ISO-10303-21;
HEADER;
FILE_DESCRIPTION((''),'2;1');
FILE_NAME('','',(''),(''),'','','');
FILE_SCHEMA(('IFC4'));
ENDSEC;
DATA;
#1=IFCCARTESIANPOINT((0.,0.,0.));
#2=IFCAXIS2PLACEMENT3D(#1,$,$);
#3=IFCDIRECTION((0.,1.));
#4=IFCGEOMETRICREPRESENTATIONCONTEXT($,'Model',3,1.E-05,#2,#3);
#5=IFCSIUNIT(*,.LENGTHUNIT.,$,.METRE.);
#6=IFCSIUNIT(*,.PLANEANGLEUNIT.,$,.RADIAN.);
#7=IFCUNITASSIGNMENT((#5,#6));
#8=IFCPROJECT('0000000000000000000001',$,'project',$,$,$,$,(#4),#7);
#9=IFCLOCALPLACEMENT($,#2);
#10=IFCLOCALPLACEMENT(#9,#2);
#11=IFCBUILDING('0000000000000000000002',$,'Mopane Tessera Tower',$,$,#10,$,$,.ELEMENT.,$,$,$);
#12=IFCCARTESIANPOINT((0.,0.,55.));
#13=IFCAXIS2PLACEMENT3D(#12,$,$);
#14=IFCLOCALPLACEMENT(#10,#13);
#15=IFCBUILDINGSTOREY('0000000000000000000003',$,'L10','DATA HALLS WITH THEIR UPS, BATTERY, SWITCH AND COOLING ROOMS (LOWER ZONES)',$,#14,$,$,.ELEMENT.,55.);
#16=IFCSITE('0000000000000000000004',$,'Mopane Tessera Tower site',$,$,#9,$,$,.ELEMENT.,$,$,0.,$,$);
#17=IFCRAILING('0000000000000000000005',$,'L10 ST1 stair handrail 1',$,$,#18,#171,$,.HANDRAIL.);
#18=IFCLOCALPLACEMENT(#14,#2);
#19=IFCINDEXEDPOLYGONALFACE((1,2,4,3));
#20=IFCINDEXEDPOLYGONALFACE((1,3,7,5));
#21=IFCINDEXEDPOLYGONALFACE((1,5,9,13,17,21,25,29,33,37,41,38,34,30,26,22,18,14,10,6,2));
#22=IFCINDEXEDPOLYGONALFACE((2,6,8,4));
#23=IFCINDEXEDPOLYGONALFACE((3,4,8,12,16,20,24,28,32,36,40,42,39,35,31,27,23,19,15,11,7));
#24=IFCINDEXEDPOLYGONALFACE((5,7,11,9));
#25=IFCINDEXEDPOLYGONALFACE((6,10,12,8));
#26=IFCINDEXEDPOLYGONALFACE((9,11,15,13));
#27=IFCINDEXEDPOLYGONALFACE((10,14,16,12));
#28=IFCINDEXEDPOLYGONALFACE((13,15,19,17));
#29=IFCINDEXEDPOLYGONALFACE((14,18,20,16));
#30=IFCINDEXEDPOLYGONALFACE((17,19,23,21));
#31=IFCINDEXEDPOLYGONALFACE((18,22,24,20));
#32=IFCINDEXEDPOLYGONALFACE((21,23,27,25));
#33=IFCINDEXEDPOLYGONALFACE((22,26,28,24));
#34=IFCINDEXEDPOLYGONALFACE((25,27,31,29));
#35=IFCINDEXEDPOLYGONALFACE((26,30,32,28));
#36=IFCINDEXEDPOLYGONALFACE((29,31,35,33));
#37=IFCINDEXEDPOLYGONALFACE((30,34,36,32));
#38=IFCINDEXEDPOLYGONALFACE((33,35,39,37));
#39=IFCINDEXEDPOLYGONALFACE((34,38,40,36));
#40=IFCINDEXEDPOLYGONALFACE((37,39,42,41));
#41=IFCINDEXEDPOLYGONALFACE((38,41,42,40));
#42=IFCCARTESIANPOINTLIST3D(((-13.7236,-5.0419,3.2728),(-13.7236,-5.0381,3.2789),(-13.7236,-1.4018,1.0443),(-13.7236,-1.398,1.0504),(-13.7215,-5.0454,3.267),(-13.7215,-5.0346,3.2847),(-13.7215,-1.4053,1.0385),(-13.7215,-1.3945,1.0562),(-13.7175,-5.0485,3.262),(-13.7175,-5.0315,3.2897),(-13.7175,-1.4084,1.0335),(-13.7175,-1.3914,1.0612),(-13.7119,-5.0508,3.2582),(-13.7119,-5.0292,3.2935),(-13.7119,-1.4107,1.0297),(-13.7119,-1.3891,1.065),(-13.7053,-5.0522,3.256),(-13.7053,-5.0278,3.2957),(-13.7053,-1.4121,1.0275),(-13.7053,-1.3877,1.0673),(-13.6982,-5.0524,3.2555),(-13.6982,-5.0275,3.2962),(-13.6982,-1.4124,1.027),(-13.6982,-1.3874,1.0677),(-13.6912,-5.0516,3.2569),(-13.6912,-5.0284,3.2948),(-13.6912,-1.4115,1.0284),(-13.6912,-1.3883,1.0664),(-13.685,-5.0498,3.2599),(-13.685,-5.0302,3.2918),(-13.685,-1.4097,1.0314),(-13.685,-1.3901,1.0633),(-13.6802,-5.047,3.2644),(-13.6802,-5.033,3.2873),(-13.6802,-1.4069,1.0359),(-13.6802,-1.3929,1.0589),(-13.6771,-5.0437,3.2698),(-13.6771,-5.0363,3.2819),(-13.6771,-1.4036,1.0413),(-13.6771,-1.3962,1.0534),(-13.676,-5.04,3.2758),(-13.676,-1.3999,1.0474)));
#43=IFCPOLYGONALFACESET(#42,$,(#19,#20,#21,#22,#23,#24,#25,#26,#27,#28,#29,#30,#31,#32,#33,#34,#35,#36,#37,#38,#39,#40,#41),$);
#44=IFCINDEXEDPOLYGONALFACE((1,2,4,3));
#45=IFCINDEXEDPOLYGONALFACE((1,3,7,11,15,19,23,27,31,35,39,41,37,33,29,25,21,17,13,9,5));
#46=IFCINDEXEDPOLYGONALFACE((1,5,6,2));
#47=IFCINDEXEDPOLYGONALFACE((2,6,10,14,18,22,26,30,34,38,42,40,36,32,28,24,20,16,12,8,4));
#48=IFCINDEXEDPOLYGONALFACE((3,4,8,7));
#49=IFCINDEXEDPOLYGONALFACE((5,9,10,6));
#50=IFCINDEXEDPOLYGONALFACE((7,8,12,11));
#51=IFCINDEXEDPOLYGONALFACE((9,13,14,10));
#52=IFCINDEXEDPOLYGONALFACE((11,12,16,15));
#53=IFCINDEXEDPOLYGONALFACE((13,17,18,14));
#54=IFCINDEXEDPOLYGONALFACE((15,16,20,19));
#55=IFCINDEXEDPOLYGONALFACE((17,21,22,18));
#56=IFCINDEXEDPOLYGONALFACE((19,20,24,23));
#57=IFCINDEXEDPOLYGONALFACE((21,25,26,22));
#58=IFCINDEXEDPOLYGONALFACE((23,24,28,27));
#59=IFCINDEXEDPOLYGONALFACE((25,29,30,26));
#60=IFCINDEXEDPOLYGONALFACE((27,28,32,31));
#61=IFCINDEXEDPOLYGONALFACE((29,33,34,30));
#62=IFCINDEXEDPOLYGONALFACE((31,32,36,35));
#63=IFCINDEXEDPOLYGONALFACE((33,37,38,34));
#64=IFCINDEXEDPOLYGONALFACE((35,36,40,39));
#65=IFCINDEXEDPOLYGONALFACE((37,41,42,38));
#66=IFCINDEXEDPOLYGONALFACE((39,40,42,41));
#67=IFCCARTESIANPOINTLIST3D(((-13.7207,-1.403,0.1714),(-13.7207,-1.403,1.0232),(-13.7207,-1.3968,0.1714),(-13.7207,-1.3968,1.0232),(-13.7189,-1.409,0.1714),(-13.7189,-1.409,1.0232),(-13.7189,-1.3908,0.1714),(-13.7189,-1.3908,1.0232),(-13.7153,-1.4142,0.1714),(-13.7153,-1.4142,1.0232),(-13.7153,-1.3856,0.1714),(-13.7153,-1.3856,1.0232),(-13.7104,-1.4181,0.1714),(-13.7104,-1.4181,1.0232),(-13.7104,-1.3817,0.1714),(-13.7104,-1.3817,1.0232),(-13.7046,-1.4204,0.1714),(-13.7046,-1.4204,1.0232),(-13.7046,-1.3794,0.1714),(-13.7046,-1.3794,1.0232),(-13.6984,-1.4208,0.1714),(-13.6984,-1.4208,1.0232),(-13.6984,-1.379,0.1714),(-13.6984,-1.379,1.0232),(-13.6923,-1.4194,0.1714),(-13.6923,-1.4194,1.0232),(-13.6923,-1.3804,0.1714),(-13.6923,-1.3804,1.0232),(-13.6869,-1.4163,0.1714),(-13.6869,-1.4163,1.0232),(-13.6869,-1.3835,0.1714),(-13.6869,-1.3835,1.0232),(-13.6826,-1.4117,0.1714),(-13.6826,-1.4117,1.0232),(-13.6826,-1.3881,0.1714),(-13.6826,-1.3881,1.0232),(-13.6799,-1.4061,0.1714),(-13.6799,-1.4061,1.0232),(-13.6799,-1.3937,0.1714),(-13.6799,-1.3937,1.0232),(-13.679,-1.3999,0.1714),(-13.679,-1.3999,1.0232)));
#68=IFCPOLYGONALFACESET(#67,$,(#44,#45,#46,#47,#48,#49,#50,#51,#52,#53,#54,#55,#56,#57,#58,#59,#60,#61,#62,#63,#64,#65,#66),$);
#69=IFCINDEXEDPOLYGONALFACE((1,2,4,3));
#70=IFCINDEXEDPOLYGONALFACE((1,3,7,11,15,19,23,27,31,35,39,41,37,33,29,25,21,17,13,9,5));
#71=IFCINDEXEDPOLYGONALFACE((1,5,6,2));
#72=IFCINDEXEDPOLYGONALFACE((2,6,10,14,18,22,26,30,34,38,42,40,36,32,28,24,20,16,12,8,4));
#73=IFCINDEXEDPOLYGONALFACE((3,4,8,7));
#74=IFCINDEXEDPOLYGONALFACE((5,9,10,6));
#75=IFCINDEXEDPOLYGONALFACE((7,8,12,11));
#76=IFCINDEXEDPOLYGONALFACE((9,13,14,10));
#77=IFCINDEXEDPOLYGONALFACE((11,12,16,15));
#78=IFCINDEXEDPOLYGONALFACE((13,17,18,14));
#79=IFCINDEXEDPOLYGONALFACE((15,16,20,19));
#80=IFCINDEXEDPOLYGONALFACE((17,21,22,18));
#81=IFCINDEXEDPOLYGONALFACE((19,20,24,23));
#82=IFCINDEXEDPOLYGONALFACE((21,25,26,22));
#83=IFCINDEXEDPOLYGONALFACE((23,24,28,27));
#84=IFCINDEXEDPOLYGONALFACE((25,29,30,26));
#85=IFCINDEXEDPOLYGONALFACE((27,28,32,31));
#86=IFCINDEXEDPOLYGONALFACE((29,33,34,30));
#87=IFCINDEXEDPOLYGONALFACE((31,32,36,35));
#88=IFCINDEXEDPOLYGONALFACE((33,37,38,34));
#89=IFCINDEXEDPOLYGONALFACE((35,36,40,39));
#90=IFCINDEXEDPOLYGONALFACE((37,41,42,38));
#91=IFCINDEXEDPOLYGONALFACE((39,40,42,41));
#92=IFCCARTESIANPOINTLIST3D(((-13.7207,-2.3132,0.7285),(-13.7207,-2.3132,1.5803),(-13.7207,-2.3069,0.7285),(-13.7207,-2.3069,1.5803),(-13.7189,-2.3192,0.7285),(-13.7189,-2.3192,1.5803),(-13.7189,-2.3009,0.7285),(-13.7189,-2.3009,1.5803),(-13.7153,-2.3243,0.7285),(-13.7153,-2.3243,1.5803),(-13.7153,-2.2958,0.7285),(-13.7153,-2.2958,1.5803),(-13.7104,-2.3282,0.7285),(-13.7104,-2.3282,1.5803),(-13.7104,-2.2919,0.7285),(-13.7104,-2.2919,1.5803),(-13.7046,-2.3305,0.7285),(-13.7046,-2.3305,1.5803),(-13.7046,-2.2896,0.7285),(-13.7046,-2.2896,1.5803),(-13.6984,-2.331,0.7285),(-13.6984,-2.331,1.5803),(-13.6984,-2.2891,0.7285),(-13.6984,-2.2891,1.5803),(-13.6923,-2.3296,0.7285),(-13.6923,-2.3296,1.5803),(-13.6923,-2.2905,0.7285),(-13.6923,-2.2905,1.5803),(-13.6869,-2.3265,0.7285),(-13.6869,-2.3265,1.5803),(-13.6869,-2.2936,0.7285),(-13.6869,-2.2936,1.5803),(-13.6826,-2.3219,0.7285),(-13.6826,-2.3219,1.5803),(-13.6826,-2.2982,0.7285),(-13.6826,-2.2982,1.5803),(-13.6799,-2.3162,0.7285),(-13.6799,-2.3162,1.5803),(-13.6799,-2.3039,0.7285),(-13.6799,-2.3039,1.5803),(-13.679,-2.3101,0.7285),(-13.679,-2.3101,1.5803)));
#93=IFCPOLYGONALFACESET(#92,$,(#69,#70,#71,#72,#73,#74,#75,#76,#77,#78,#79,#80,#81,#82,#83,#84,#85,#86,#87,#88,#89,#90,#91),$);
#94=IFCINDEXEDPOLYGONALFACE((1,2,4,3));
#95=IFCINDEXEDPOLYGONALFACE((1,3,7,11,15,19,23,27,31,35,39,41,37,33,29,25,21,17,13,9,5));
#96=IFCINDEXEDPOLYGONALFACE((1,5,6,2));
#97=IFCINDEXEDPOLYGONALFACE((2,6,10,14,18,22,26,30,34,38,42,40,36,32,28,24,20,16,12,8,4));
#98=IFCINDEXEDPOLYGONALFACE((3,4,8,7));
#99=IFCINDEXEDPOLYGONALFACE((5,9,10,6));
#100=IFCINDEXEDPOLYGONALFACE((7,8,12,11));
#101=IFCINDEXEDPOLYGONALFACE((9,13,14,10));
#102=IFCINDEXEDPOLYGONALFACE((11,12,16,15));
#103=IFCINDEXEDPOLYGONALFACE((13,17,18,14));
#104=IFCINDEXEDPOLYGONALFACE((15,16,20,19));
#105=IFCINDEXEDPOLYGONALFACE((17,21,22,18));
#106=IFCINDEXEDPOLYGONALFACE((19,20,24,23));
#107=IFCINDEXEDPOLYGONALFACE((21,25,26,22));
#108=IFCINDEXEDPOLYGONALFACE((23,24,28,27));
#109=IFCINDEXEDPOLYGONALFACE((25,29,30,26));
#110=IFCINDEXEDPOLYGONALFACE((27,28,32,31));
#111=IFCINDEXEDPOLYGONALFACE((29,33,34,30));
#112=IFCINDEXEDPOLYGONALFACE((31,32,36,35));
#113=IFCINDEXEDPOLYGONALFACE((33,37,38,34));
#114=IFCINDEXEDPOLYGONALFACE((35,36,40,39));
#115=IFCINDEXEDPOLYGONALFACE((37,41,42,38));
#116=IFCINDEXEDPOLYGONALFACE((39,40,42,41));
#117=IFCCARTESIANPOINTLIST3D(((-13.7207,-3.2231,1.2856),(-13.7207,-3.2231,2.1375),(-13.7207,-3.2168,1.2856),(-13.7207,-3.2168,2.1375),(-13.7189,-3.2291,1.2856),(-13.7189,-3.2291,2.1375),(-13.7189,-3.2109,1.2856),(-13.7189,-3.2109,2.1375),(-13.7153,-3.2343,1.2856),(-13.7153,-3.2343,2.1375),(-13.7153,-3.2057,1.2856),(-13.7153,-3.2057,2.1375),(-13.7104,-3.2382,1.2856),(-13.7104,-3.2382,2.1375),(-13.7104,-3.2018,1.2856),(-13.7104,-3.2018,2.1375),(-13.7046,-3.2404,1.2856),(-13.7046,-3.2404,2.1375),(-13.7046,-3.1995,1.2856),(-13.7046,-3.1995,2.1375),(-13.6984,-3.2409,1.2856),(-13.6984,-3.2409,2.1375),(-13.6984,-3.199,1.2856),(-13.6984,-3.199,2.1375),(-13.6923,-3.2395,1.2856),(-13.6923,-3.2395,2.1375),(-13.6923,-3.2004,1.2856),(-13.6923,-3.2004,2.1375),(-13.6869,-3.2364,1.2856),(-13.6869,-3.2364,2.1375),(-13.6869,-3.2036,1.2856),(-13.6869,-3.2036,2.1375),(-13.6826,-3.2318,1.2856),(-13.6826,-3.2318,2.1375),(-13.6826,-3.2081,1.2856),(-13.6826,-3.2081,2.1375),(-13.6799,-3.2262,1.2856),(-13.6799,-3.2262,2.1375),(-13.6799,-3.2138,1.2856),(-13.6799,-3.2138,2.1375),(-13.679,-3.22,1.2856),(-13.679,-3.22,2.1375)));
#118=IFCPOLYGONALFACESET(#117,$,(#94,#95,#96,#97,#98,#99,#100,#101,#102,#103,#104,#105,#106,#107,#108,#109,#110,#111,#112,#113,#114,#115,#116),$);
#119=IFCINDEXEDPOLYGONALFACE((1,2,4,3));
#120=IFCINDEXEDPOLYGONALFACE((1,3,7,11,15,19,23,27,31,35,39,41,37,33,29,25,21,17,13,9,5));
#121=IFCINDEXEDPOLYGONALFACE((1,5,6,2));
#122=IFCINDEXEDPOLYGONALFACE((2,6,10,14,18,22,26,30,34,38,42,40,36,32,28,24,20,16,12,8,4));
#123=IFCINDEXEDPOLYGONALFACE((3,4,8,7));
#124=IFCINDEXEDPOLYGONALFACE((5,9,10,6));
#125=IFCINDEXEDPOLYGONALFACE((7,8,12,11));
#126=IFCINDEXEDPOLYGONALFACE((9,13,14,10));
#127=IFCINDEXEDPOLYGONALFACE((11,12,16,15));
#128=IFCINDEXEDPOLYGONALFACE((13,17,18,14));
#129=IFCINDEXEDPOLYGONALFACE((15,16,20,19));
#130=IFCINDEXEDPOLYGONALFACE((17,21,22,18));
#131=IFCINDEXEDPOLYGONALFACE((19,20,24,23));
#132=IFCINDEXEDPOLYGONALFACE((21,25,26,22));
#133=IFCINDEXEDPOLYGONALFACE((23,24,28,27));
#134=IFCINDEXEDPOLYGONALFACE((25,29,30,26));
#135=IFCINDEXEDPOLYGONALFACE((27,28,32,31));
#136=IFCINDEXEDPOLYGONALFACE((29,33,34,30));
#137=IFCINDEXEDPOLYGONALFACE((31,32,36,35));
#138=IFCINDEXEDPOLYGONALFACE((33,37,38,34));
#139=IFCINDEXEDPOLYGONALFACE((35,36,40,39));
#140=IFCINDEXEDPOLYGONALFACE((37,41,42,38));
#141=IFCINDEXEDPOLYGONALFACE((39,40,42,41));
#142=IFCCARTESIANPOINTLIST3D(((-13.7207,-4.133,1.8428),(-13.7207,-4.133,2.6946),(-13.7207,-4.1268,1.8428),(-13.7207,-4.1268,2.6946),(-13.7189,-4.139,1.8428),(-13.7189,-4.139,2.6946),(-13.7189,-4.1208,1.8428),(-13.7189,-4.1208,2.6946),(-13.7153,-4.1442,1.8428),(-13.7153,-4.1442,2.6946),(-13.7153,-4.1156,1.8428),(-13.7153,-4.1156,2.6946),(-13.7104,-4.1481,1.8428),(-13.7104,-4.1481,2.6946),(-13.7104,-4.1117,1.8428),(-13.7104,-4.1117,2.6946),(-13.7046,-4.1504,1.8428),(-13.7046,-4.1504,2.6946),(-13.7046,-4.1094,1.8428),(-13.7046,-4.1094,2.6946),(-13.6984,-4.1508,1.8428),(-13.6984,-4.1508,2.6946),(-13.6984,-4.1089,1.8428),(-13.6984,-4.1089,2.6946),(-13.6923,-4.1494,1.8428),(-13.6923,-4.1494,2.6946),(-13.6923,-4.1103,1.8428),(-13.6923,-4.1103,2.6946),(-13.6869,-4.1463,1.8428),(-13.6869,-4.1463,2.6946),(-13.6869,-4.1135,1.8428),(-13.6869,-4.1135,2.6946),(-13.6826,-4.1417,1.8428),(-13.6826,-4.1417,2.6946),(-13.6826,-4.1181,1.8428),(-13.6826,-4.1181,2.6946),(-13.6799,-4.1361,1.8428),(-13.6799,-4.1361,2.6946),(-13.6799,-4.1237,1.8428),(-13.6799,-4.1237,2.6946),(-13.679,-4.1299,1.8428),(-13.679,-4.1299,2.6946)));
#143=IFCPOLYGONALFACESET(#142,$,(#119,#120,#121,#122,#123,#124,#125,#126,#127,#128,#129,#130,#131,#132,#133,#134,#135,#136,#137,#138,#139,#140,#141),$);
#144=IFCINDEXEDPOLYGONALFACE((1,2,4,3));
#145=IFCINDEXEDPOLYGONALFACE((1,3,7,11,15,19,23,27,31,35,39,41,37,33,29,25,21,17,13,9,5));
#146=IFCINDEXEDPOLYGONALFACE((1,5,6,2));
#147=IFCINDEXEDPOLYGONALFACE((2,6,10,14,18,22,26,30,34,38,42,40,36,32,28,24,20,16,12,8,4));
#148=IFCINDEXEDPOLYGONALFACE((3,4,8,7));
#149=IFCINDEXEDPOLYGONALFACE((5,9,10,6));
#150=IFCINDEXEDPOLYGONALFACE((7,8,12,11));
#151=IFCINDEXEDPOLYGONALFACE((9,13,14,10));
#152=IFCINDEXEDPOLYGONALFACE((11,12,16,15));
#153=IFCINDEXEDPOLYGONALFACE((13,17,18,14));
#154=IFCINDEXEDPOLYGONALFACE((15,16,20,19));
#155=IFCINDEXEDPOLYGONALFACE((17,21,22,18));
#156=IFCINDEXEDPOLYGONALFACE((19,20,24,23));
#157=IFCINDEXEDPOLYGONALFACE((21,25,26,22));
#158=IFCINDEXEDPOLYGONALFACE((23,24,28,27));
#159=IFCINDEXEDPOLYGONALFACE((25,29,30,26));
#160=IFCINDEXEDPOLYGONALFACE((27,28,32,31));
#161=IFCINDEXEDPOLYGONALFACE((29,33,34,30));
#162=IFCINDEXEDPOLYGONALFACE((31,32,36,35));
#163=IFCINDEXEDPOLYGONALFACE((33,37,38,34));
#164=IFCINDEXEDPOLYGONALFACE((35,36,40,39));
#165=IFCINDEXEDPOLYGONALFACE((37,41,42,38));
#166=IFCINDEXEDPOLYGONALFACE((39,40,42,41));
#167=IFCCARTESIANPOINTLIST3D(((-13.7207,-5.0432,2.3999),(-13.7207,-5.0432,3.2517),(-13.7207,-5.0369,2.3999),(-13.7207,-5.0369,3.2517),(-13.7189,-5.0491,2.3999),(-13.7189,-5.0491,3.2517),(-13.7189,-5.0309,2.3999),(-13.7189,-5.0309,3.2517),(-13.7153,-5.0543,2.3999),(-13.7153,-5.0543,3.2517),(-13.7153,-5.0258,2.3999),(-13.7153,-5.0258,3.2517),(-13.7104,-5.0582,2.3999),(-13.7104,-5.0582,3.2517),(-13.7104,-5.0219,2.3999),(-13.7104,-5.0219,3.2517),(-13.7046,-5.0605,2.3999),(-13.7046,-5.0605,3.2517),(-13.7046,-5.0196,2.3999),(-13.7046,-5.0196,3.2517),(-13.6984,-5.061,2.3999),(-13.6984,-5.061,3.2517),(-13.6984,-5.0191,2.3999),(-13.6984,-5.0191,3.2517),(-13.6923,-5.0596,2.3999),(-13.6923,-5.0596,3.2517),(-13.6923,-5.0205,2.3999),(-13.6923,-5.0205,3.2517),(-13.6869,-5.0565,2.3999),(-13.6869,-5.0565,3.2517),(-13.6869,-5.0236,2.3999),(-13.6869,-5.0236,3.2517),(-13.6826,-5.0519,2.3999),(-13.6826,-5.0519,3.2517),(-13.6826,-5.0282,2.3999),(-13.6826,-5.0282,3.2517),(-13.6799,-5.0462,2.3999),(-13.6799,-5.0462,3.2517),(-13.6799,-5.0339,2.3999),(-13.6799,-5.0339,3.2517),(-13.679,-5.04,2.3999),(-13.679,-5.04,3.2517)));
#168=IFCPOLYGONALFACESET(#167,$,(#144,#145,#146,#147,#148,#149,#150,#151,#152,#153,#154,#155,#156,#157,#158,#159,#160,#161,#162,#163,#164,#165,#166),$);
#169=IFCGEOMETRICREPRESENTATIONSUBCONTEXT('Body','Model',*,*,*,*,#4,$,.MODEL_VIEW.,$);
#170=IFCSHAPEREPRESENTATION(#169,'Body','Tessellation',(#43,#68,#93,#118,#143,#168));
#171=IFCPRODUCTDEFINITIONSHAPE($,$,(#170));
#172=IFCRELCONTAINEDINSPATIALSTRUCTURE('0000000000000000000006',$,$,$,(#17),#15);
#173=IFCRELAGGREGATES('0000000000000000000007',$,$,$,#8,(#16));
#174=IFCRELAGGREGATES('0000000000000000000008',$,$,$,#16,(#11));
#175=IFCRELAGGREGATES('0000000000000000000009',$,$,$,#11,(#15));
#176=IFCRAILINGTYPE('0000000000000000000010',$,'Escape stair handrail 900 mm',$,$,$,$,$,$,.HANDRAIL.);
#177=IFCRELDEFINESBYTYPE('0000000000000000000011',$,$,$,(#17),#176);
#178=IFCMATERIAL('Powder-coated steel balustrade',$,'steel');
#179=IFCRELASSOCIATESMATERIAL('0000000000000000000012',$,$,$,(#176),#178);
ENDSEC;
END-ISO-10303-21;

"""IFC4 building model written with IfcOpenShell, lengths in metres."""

from ifc_helpers import new_model, si_unit, direction, frame, origin, origin_2d, place, context, subcontext, project, spatial, circle, extrude, material, type_object, element, save


model = new_model("IFC4")

# Units and contexts
model_context = context("Model", 3, precision=1e-05, world=origin(), true_north=direction((0.0, 1.0)))
body_context = subcontext(model_context, "Body", "Model", "MODEL_VIEW")
ifc_project = project(units=[si_unit("LENGTHUNIT", "METRE"), si_unit("PLANEANGLEUNIT", "RADIAN")], contexts=[model_context])

# Site, building, storey
site_placement = place(None, origin())
site = spatial("IfcSite", under=ifc_project, at=site_placement, Name="Mopane Tessera Tower site", CompositionType="ELEMENT", RefElevation=0.0)
building_placement = place(site_placement, origin())
building = spatial("IfcBuilding", under=site, at=building_placement, Name="Mopane Tessera Tower", CompositionType="ELEMENT")
storey_placement = place(building_placement, frame((0.0, 0.0, 55.0)))
storey = spatial("IfcBuildingStorey", under=building, at=storey_placement, Name="L10", Description="DATA HALLS WITH THEIR UPS, BATTERY, SWITCH AND COOLING ROOMS (LOWER ZONES)", CompositionType="ELEMENT", Elevation=55.0)

# Railing
ifc_material_1 = material(Name="Powder-coated steel balustrade", Category="steel")
railing_type = type_object("IfcRailingType", Name="Escape stair handrail 900 mm", PredefinedType="HANDRAIL", material=ifc_material_1)
railing_placement = place(storey_placement, frame((-13.7, -1.3999, 0.1714)))
element("IfcRailing", 1, at=railing_placement, inside=storey, type_object=railing_type, Name="L10 ST1 stair handrail 1", PredefinedType="HANDRAIL", context=body_context, shape_type="SweptSolid", body=[
    extrude(circle(Radius=0.0239, at=origin_2d()), frame((0.0, 0.0, 0.876), z_axis=(0.0, -0.852866, 0.52213), x_axis=(1.0, 0.0, 0.0)), (0.0, 0.0, 1.0), 4.2681),
    extrude(circle(Radius=0.021, at=origin_2d()), origin(), (0.0, 0.0, 1.0), 0.8518),
    extrude(circle(Radius=0.021, at=origin_2d()), frame((0.0, -0.9102, 0.5571)), (0.0, 0.0, 1.0), 0.8518),
    extrude(circle(Radius=0.021, at=origin_2d()), frame((0.0, -1.8201, 1.1143)), (0.0, 0.0, 1.0), 0.8518),
    extrude(circle(Radius=0.021, at=origin_2d()), frame((0.0, -2.73, 1.6714)), (0.0, 0.0, 1.0), 0.8518),
    extrude(circle(Radius=0.021, at=origin_2d()), frame((0.0, -3.6401, 2.2285)), (0.0, 0.0, 1.0), 0.8518),
])

save(model, "model.ifc")
